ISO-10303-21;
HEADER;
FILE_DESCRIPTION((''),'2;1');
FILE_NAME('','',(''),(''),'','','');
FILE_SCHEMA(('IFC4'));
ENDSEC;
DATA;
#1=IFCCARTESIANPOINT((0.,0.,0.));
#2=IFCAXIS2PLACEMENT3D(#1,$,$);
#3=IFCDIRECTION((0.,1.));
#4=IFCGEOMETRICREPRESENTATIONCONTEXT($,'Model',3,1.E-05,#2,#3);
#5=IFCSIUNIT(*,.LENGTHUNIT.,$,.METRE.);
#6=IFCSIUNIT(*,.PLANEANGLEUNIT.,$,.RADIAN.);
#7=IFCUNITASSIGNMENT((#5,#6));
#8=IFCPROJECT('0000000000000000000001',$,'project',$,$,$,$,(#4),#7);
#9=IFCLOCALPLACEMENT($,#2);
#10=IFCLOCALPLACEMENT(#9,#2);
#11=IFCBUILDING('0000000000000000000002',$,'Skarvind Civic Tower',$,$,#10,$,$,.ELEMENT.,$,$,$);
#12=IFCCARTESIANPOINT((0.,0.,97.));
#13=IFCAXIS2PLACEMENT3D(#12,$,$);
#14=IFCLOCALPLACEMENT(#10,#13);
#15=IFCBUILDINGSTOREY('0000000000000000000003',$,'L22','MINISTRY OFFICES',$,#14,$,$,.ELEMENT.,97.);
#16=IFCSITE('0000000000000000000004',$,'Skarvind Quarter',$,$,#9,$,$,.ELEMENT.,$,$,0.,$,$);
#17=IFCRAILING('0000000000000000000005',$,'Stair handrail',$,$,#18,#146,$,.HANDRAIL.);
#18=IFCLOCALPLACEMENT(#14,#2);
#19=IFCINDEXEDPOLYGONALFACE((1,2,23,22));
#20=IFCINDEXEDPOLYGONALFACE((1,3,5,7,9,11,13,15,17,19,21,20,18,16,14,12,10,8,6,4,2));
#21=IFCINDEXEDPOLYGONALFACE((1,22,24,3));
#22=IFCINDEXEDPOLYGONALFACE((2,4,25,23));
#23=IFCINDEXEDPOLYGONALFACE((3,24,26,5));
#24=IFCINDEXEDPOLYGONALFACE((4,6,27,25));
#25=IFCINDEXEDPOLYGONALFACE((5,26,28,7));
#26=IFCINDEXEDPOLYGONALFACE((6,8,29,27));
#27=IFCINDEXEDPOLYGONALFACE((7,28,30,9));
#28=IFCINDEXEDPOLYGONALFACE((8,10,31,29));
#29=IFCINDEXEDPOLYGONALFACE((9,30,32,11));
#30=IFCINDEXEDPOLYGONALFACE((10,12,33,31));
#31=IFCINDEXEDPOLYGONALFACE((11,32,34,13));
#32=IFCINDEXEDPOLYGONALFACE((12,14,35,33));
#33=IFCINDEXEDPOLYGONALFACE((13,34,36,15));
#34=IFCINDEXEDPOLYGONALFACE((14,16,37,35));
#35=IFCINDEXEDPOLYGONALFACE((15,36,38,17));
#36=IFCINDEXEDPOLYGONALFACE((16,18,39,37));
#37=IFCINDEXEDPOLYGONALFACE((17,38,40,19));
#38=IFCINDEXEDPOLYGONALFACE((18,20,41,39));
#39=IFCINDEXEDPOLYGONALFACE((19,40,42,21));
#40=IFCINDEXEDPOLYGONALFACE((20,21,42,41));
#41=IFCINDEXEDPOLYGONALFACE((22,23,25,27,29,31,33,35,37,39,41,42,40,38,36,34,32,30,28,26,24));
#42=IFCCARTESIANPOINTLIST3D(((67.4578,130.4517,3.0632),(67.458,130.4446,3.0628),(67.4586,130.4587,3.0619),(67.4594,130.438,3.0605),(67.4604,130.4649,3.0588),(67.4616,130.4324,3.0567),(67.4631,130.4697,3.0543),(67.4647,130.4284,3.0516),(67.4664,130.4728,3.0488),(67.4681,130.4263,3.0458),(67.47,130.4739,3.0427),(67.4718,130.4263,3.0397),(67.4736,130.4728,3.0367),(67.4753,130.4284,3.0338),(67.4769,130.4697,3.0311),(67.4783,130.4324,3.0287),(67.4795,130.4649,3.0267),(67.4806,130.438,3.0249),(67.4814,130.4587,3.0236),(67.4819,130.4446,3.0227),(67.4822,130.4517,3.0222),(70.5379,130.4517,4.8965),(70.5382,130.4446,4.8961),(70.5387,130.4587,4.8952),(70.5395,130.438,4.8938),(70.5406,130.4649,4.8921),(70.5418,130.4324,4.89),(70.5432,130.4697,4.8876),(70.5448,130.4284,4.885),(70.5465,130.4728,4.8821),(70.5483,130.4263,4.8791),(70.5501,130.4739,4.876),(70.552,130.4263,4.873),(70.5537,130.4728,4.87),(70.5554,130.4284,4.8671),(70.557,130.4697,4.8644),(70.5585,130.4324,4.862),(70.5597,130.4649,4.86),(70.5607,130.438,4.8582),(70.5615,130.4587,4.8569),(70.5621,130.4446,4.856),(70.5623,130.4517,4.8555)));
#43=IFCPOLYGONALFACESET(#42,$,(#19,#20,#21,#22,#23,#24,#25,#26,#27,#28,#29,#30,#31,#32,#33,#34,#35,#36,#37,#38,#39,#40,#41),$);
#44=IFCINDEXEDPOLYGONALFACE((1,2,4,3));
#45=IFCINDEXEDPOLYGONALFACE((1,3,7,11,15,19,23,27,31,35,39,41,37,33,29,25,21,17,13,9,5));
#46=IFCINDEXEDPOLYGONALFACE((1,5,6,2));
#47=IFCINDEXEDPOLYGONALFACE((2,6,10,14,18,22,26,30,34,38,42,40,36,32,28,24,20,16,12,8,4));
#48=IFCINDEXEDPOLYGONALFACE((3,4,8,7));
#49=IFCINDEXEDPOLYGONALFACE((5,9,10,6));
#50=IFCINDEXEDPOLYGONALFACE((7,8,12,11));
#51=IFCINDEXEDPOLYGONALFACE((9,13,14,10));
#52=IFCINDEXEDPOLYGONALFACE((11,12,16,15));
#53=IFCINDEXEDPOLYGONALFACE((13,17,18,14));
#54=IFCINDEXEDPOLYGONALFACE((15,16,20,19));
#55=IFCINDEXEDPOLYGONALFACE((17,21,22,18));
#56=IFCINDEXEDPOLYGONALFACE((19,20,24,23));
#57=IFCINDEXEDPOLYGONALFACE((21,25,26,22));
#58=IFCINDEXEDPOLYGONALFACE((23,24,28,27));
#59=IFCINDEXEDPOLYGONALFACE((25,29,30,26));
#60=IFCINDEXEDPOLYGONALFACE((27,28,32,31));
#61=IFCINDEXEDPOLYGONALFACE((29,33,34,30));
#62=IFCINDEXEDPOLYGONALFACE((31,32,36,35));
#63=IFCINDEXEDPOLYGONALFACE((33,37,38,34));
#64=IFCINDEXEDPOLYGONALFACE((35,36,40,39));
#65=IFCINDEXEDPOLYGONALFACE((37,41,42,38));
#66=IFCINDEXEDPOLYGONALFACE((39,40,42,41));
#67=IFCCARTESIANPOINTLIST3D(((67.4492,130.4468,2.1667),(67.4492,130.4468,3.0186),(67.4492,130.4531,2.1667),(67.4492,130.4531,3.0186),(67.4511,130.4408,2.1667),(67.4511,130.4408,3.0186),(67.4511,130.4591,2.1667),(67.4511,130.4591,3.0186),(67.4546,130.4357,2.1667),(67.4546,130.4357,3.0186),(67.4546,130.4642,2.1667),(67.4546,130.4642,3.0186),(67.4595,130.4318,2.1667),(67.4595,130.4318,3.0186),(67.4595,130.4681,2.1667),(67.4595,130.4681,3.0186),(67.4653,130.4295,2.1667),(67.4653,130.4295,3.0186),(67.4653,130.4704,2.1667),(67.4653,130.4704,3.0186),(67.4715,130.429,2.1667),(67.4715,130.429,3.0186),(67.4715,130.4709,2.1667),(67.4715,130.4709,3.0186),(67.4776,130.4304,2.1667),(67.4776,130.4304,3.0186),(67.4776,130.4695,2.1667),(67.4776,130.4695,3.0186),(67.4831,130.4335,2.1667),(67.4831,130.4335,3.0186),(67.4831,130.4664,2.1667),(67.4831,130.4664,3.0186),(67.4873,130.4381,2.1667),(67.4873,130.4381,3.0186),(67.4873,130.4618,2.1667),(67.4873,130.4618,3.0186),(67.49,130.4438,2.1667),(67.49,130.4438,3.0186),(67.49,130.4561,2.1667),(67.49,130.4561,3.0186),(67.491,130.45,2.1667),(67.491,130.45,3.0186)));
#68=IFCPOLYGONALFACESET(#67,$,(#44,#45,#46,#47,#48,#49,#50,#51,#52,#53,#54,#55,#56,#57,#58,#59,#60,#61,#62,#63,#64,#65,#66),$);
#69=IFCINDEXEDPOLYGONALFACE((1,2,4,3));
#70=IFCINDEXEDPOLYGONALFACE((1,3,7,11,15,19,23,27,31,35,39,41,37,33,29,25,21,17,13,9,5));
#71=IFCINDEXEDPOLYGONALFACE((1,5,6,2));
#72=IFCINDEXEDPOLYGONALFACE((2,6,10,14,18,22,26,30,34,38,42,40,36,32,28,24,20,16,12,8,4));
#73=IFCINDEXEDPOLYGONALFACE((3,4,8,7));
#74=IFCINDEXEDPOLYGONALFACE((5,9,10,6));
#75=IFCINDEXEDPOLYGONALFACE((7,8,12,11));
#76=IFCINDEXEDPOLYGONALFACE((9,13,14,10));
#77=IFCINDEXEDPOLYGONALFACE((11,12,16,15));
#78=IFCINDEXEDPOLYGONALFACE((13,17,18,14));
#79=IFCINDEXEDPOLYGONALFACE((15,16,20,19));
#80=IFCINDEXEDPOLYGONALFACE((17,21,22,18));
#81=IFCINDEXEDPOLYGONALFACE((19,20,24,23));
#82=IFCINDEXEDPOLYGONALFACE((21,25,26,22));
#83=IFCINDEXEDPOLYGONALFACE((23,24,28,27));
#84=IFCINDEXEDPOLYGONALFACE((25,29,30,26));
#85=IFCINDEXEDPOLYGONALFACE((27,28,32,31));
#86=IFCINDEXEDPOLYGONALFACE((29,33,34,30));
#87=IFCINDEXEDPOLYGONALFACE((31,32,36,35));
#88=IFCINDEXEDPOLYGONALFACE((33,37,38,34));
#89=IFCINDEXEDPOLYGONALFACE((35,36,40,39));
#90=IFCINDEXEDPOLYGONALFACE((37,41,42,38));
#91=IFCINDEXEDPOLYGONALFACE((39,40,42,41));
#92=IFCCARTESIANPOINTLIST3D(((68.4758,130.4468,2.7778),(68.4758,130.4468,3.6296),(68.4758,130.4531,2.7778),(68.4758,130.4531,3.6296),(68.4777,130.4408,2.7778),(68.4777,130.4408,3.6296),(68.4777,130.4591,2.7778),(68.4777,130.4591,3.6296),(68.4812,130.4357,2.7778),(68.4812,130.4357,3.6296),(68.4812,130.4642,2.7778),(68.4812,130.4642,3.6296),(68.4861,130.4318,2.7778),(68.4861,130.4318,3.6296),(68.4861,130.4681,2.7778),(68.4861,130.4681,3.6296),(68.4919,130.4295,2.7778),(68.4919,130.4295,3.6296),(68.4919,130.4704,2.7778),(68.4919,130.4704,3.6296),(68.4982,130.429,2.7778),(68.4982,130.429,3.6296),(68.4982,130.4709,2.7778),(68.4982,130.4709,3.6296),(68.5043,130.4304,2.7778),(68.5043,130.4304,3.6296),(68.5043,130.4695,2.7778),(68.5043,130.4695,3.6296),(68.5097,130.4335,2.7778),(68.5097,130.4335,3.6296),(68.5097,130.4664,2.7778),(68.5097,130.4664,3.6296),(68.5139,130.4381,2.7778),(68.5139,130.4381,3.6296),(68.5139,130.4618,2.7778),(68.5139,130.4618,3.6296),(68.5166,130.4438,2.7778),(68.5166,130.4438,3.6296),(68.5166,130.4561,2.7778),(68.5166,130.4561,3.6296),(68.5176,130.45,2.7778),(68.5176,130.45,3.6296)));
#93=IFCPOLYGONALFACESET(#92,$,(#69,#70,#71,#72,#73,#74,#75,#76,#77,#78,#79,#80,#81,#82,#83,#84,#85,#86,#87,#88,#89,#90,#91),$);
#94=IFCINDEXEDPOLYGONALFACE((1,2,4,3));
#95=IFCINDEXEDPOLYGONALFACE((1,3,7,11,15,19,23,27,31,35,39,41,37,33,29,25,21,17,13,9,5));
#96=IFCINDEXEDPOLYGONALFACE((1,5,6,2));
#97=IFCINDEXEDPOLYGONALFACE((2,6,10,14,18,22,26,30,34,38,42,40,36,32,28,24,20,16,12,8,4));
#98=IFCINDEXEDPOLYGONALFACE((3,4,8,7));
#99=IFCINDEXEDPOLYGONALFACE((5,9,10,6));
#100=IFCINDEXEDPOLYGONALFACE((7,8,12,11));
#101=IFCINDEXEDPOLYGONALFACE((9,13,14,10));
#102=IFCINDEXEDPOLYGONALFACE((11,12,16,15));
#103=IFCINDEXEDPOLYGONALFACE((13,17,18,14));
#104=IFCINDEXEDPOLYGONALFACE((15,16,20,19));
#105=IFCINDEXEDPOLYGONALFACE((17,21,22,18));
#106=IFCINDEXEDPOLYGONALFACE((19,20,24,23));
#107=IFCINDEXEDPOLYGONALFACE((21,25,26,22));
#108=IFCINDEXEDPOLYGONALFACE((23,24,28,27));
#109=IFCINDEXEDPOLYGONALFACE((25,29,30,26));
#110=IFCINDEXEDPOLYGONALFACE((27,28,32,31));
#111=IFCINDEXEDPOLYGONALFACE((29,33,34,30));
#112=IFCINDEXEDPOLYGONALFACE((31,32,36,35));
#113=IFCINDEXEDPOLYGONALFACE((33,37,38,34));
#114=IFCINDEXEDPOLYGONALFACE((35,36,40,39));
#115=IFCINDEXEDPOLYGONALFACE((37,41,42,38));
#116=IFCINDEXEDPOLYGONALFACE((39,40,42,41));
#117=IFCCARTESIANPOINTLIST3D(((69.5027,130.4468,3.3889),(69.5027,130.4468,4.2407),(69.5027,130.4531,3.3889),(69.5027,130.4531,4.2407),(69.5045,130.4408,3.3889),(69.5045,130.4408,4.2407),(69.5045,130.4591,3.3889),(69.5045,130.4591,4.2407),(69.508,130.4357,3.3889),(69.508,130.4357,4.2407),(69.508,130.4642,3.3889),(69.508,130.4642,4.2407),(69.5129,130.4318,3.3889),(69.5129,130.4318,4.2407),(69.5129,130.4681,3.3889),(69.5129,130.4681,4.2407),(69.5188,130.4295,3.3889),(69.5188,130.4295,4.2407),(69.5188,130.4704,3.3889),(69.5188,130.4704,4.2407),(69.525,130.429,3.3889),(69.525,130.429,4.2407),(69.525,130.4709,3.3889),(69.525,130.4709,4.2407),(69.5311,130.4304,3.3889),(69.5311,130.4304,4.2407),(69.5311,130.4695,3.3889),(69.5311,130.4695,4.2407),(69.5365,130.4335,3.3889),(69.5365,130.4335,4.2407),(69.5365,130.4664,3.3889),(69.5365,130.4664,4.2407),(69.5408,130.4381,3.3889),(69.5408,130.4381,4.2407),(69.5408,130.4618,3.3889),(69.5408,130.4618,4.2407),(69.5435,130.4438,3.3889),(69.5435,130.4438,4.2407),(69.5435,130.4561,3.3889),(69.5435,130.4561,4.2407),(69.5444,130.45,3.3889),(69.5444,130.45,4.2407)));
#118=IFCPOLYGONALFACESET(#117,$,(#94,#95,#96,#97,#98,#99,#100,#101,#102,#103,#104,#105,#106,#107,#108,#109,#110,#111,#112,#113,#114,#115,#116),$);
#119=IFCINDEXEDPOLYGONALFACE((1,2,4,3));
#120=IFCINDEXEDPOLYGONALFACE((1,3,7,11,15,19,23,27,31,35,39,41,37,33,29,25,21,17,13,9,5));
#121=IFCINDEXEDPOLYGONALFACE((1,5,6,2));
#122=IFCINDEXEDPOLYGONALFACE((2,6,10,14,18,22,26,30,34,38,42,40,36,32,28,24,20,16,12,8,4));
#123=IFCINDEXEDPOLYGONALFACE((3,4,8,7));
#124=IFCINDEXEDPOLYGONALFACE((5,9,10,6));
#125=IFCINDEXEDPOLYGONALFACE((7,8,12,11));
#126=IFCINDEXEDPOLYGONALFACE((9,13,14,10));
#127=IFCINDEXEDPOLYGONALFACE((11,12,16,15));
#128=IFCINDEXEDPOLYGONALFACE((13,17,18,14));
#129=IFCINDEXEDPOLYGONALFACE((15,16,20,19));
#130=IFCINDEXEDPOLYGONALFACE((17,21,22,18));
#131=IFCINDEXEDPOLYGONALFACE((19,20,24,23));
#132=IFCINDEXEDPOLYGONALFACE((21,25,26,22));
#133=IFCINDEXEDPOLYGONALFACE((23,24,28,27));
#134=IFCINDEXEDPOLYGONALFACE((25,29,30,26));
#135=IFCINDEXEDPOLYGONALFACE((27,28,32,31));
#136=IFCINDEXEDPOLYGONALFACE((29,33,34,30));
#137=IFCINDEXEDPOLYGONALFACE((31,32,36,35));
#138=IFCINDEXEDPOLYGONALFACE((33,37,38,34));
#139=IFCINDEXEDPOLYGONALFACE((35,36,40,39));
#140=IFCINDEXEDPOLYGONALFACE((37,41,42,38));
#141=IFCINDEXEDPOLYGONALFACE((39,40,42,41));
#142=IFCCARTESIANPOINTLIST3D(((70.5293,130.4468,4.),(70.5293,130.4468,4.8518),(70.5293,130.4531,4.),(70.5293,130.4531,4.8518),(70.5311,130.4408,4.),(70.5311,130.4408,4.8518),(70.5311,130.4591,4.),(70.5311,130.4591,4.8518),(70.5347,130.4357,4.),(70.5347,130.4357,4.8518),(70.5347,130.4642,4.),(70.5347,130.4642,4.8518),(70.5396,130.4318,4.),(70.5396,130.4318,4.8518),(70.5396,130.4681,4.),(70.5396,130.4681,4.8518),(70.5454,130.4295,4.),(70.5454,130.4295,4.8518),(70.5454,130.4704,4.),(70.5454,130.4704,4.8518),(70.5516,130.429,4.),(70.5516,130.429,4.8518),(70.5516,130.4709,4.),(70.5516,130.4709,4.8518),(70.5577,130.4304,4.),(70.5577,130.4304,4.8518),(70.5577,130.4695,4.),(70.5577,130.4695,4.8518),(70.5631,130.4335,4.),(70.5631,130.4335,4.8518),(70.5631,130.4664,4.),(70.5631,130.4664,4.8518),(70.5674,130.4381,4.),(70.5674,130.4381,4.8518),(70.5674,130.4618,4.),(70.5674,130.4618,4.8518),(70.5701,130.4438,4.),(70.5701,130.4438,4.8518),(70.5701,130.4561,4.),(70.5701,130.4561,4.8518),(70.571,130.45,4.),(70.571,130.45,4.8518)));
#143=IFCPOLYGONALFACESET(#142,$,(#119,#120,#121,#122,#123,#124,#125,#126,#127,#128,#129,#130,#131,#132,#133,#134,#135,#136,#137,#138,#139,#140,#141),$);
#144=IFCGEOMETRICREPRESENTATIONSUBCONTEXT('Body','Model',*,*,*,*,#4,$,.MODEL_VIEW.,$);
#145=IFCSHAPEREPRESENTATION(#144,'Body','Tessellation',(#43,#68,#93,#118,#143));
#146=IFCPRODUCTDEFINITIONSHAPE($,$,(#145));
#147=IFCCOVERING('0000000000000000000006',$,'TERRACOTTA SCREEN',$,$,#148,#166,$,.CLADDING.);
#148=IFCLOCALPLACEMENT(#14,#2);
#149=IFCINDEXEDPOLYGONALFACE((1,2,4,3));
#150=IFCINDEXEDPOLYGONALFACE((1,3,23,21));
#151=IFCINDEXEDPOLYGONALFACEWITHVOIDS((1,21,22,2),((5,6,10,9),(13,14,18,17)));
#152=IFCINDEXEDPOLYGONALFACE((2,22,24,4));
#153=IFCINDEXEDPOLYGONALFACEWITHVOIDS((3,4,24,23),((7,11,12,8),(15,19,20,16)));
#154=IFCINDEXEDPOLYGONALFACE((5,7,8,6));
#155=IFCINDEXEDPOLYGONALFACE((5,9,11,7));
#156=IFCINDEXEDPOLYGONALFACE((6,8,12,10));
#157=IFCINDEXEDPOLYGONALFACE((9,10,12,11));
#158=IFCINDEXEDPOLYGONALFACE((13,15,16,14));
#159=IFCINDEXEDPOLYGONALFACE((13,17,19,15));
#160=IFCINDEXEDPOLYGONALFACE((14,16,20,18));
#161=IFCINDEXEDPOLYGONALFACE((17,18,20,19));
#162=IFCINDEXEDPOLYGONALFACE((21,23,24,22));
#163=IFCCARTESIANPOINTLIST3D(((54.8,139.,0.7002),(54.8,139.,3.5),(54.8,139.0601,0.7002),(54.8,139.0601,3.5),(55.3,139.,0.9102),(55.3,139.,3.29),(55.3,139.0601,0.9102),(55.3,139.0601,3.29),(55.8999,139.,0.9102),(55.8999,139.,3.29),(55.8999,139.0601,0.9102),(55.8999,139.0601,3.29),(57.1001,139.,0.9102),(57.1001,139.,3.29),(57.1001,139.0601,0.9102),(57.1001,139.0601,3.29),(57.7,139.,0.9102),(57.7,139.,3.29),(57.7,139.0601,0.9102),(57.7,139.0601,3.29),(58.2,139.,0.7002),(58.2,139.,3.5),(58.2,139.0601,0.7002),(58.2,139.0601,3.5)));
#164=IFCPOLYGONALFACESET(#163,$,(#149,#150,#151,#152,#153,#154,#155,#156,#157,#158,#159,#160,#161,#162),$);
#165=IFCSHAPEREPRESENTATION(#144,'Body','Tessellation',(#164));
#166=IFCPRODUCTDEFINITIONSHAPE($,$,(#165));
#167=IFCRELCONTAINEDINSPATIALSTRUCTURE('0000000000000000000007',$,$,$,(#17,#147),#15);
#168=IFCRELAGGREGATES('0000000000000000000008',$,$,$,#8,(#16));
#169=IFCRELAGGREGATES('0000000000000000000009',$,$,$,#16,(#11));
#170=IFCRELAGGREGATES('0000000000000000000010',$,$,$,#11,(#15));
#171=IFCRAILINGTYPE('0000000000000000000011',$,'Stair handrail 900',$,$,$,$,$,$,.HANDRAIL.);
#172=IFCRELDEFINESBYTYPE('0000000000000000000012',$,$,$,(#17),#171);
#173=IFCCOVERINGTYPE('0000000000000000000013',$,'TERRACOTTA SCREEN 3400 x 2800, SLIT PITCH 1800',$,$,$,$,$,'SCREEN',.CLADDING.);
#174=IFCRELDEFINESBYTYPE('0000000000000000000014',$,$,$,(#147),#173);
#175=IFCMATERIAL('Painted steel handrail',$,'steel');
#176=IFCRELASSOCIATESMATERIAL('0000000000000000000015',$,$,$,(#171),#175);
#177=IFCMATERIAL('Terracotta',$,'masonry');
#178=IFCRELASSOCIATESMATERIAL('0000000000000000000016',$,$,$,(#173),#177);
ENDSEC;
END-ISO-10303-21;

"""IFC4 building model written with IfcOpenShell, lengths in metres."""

from ifc_helpers import new_model, si_unit, direction, frame, origin, origin_2d, place, context, subcontext, project, spatial, polyline, circle, outline, extrude, material, material_profile, profile_set, type_object, element, save


model = new_model("IFC4")

# Units and contexts
model_context = context("Model", 3, precision=1e-05, world=origin(), true_north=direction((0.0, 1.0)))
body_context = subcontext(model_context, "Body", "Model", "MODEL_VIEW")
ifc_project = project(units=[si_unit("LENGTHUNIT", "METRE"), si_unit("PLANEANGLEUNIT", "RADIAN")], contexts=[model_context])

# Site, building, storey
site_placement = place(None, origin())
site = spatial("IfcSite", under=ifc_project, at=site_placement, Name="Skarvind Quarter", CompositionType="ELEMENT", RefElevation=0.0)
building_placement = place(site_placement, origin())
building = spatial("IfcBuilding", under=site, at=building_placement, Name="Skarvind Civic Tower", CompositionType="ELEMENT")
storey_placement = place(building_placement, frame((0.0, 0.0, 97.0)))
storey = spatial("IfcBuildingStorey", under=building, at=storey_placement, Name="L22", Description="MINISTRY OFFICES", CompositionType="ELEMENT", Elevation=97.0)

# Railing
ifc_material_1 = material(Name="Painted steel handrail", Category="steel")
railing_type = type_object("IfcRailingType", Name="Stair handrail 900", PredefinedType="HANDRAIL", material=ifc_material_1)
railing_1_placement = place(storey_placement, frame((67.47, 130.45, 2.1667)))
element("IfcRailing", 1, at=railing_1_placement, inside=storey, type_object=railing_type, Name="Stair handrail", PredefinedType="HANDRAIL", context=body_context, shape_type="SweptSolid", body=[
    extrude(circle(Radius=0.0239, at=origin_2d()), frame((0.0, 0.0, 0.876), z_axis=(0.859309, 0.0, 0.511458), x_axis=(0.0, 1.0, 0.0)), (0.0, 0.0, 1.0), 3.5845),
    extrude(circle(Radius=0.021, at=origin_2d()), origin(), (0.0, 0.0, 1.0), 0.8518),
    extrude(circle(Radius=0.021, at=origin_2d()), frame((1.0266, 0.0, 0.6111)), (0.0, 0.0, 1.0), 0.8518),
    extrude(circle(Radius=0.021, at=origin_2d()), frame((2.0535, 0.0, 1.2222)), (0.0, 0.0, 1.0), 0.8518),
    extrude(circle(Radius=0.021, at=origin_2d()), frame((3.0801, 0.0, 1.8333)), (0.0, 0.0, 1.0), 0.8518),
])

# Covering
ifc_material_2 = material(Name="Terracotta", Category="masonry")
ifc_material_profile_1 = material_profile(ifc_material_2, outline(polyline([(-1.7, -1.3999), (1.7, -1.3999), (1.7, 1.3999), (-1.7, 1.3999), (-1.7, -1.3999)]), holes=[polyline([(-1.2, -1.1899), (-0.6001, -1.1899), (-0.6001, 1.1899), (-1.2, 1.1899), (-1.2, -1.1899)]), polyline([(0.6001, -1.1899), (1.2, -1.1899), (1.2, 1.1899), (0.6001, 1.1899), (0.6001, -1.1899)])]), Name="TERRACOTTA SCREEN 3400 x 2800, SLIT PITCH 1800")
ifc_profile_set_1 = profile_set([ifc_material_profile_1], Name="Terracotta")
covering_type = type_object("IfcCoveringType", Name="TERRACOTTA SCREEN 3400 x 2800, SLIT PITCH 1800", ElementType="SCREEN", PredefinedType="CLADDING", material=ifc_profile_set_1)
covering_placement = place(storey_placement, frame((56.5, 139.0, 2.1001), z_axis=(0.0, 1.0, 0.0), x_axis=(-1.0, 0.0, 0.0)))
element("IfcCovering", 2, at=covering_placement, inside=storey, type_object=covering_type, Name="TERRACOTTA SCREEN", PredefinedType="CLADDING", context=body_context, shape_type="SweptSolid", body=[
    extrude(outline(polyline([(-1.7, -1.3999), (1.7, -1.3999), (1.7, 1.3999), (-1.7, 1.3999), (-1.7, -1.3999)]), holes=[polyline([(-1.2, -1.1899), (-0.6001, -1.1899), (-0.6001, 1.1899), (-1.2, 1.1899), (-1.2, -1.1899)]), polyline([(0.6001, -1.1899), (1.2, -1.1899), (1.2, 1.1899), (0.6001, 1.1899), (0.6001, -1.1899)])]), origin(), (0.0, 0.0, 1.0), 0.0601),
])

save(model, "model.ifc")
